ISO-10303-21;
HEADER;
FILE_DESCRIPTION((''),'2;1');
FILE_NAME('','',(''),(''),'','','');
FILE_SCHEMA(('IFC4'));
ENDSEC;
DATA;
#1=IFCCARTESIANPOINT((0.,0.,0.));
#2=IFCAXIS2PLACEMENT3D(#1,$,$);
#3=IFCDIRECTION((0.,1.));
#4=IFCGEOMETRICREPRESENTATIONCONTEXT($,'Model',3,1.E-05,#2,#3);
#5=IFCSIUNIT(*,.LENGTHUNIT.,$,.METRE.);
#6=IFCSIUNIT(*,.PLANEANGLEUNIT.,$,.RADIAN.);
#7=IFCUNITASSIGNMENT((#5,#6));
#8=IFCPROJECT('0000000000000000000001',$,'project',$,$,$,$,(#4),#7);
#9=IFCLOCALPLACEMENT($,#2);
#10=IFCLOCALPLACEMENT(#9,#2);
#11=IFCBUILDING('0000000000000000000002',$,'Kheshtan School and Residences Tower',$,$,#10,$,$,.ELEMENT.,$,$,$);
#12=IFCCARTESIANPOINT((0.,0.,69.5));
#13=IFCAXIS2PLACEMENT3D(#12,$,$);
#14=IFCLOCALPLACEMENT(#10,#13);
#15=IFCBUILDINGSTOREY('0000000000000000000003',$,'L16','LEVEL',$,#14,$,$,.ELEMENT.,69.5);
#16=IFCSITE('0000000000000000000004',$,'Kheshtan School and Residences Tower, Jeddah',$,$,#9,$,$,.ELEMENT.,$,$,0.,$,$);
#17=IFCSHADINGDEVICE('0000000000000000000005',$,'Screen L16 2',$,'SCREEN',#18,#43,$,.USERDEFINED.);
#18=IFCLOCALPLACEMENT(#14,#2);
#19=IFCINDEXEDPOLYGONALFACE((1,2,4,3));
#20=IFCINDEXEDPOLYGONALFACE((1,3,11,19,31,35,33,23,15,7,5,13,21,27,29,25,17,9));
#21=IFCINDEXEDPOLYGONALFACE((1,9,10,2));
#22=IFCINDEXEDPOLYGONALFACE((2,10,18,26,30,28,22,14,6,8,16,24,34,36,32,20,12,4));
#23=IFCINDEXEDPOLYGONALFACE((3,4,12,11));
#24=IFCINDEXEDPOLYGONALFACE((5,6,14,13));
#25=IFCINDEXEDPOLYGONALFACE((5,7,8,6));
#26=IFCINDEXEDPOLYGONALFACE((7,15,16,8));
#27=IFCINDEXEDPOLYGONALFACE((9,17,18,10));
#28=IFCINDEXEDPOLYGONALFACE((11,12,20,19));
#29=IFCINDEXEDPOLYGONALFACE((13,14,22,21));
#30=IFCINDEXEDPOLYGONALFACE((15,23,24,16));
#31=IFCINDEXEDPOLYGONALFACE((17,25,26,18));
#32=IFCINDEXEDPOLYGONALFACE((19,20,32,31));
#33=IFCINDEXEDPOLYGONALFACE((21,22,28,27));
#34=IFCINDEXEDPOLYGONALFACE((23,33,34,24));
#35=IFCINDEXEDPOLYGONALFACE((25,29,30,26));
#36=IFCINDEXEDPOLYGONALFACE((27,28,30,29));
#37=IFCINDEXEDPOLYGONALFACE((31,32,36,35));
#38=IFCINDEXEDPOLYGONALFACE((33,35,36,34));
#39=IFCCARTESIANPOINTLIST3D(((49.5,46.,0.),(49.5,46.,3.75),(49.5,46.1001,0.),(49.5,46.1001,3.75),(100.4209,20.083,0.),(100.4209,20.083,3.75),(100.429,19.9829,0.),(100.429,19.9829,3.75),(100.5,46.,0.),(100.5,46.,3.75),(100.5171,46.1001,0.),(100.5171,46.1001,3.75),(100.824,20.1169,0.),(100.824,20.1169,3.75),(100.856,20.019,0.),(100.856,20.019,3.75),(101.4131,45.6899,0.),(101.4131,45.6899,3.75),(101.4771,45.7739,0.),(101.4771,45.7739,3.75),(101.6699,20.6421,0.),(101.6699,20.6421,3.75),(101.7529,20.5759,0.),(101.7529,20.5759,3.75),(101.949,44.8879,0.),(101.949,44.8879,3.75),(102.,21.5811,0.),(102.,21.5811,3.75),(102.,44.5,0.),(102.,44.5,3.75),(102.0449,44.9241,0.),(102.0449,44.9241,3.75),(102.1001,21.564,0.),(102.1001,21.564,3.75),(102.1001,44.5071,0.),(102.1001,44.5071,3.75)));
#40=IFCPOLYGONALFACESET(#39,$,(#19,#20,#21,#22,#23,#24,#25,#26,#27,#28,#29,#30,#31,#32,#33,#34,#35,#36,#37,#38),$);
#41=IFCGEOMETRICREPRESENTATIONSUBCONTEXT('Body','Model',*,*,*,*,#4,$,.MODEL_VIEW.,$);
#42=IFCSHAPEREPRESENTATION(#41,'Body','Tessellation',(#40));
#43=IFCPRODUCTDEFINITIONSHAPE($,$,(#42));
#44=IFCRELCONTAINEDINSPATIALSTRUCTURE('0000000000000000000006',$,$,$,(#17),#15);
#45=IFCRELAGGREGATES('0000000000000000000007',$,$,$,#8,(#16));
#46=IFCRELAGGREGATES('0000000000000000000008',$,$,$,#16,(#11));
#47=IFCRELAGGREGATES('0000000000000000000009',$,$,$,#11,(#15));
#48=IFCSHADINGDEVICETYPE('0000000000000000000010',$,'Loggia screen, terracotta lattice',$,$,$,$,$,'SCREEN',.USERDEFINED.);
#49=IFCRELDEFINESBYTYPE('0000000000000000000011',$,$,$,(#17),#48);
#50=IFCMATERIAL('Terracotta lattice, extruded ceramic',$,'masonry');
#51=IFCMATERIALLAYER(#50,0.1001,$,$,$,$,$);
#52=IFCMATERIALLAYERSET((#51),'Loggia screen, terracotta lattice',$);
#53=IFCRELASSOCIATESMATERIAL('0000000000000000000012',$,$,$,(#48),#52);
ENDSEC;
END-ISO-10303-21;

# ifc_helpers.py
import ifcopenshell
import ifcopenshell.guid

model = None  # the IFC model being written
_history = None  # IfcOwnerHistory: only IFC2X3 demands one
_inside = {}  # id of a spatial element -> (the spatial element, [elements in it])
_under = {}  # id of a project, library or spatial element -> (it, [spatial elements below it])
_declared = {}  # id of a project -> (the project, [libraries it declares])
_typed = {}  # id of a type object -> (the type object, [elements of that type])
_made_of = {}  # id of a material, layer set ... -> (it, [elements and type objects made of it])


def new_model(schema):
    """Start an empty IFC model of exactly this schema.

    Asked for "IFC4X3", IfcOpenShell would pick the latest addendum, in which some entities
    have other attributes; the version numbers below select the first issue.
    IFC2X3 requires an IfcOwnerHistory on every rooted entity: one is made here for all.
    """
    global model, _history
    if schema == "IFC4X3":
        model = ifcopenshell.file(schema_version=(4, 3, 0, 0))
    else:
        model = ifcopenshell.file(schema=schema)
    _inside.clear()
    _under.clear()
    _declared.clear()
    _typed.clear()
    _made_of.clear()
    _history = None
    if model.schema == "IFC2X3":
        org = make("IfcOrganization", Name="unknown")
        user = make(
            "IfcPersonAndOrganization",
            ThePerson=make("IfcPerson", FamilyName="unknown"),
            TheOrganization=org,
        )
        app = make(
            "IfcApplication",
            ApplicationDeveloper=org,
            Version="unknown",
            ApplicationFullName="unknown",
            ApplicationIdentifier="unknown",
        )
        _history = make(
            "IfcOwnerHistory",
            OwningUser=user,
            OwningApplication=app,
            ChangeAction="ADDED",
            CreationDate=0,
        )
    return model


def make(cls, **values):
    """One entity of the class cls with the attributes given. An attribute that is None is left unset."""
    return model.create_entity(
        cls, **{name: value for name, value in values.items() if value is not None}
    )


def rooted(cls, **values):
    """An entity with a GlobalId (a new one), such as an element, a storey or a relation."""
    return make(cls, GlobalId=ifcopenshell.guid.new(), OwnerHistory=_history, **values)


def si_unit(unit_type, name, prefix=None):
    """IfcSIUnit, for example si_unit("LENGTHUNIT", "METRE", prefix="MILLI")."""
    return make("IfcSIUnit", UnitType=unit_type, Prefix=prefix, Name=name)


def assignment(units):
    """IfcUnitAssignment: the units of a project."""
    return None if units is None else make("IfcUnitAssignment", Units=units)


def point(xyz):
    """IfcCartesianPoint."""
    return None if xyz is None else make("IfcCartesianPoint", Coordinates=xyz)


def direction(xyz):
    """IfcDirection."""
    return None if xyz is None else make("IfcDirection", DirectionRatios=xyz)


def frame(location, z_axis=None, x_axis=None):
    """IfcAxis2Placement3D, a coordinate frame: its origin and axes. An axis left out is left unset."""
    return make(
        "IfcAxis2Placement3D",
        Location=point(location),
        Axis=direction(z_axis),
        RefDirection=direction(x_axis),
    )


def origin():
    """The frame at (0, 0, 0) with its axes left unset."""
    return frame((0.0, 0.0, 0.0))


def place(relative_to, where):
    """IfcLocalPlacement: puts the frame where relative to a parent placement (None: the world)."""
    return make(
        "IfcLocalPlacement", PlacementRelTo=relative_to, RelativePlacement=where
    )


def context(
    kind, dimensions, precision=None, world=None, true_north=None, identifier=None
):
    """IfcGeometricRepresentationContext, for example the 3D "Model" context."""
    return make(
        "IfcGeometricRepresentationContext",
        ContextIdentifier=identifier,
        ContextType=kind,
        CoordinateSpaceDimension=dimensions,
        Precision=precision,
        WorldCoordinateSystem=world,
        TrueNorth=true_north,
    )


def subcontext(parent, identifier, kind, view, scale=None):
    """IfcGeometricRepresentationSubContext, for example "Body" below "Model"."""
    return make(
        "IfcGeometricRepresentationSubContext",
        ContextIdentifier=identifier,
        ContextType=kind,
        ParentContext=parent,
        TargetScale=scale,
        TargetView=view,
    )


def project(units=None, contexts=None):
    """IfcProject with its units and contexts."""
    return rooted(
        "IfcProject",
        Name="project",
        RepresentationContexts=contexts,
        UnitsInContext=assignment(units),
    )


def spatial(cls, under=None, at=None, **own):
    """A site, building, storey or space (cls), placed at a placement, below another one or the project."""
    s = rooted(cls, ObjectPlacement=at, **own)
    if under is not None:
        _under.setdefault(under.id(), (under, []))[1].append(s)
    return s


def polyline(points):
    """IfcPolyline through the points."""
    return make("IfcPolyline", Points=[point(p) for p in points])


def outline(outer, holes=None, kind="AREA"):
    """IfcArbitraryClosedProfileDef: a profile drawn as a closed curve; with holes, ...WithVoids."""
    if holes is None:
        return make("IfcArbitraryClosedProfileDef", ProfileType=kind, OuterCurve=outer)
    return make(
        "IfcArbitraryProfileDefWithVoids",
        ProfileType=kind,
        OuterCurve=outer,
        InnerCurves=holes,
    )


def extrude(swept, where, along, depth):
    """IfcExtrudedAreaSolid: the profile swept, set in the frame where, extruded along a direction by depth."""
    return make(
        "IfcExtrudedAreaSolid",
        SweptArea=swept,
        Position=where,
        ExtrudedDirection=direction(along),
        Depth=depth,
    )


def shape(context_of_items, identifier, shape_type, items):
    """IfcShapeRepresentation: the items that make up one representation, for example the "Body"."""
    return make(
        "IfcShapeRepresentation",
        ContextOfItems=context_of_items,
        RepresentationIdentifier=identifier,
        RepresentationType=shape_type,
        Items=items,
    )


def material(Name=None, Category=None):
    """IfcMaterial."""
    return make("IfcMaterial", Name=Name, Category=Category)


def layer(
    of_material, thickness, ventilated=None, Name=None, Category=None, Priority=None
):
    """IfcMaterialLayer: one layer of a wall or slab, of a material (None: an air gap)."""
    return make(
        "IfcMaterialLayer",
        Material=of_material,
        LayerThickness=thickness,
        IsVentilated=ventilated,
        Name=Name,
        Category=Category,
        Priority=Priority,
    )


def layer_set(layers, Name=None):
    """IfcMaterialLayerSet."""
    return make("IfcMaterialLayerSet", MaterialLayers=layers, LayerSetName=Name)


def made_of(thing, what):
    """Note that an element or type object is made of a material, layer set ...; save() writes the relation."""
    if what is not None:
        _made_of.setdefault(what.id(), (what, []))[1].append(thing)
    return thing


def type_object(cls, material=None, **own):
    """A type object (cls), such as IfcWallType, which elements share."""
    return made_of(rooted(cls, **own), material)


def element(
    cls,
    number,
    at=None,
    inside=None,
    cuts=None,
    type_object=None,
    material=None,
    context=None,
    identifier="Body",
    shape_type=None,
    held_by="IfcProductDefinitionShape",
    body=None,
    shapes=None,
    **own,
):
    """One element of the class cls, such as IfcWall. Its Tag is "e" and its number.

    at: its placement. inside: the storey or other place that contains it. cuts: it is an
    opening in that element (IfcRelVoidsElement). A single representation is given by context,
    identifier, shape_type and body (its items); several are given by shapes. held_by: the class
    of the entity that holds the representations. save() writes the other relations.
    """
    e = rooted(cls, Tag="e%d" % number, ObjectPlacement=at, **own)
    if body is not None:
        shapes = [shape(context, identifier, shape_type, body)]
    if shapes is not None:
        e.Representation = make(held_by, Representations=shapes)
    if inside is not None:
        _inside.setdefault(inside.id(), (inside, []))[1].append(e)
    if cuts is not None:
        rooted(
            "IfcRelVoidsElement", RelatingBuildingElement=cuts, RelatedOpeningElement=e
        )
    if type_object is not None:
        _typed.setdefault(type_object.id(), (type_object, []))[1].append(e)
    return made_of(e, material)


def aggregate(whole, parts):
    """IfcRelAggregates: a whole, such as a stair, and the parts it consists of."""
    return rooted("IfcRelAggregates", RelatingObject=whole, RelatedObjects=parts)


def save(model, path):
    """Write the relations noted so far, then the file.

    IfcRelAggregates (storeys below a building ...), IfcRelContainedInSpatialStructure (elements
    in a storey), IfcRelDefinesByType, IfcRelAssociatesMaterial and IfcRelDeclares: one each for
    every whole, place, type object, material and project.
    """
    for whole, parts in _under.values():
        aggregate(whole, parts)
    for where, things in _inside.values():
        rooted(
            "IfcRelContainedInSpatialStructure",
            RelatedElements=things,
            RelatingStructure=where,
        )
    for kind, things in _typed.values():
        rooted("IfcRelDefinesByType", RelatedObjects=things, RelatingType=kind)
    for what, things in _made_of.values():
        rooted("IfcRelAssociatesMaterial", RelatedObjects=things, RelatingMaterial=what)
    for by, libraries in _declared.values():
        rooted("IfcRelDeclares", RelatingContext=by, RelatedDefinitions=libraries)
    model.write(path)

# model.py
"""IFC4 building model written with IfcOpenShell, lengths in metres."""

from ifc_helpers import new_model, si_unit, direction, frame, origin, place, context, subcontext, project, spatial, polyline, outline, extrude, material, layer, layer_set, type_object, element, save


model = new_model("IFC4")

# Units and contexts
model_context = context("Model", 3, precision=1e-05, world=origin(), true_north=direction((0.0, 1.0)))
body_context = subcontext(model_context, "Body", "Model", "MODEL_VIEW")
ifc_project = project(units=[si_unit("LENGTHUNIT", "METRE"), si_unit("PLANEANGLEUNIT", "RADIAN")], contexts=[model_context])

# Site, building, storey
site_placement = place(None, origin())
site = spatial("IfcSite", under=ifc_project, at=site_placement, Name="Kheshtan School and Residences Tower, Jeddah", CompositionType="ELEMENT", RefElevation=0.0)
building_placement = place(site_placement, origin())
building = spatial("IfcBuilding", under=site, at=building_placement, Name="Kheshtan School and Residences Tower", CompositionType="ELEMENT")
storey_placement = place(building_placement, frame((0.0, 0.0, 69.5)))
storey = spatial("IfcBuildingStorey", under=building, at=storey_placement, Name="L16", Description="LEVEL", CompositionType="ELEMENT", Elevation=69.5)

# Shading device
ifc_material_1 = material(Name="Terracotta lattice, extruded ceramic", Category="masonry")
ifc_layer_1 = layer(ifc_material_1, 0.1001)
ifc_layer_set_1 = layer_set([ifc_layer_1], Name="Loggia screen, terracotta lattice")
shading_device_type_1 = type_object("IfcShadingDeviceType", Name="Loggia screen, terracotta lattice", ElementType="SCREEN", PredefinedType="USERDEFINED", material=ifc_layer_set_1)
shading_device_1_placement = place(storey_placement, origin())
element("IfcShadingDevice", 1, at=shading_device_1_placement, inside=storey, type_object=shading_device_type_1, Name="Screen L16 2", ObjectType="SCREEN", PredefinedType="USERDEFINED", context=body_context, shape_type="SweptSolid", body=[
    extrude(outline(polyline([(49.5, 46.0), (100.5, 46.0), (101.4131, 45.6899), (101.949, 44.8879), (102.0, 44.5), (102.0, 21.5811), (101.6699, 20.6421), (100.824, 20.1169), (100.4209, 20.083), (100.429, 19.9829), (100.856, 20.019), (101.7529, 20.5759), (102.1001, 21.564), (102.1001, 44.5071), (102.0449, 44.9241), (101.4771, 45.7739), (100.5171, 46.1001), (49.5, 46.1001), (49.5, 46.0)])), origin(), (0.0, 0.0, 1.0), 3.75),
])

save(model, "model.ifc")
